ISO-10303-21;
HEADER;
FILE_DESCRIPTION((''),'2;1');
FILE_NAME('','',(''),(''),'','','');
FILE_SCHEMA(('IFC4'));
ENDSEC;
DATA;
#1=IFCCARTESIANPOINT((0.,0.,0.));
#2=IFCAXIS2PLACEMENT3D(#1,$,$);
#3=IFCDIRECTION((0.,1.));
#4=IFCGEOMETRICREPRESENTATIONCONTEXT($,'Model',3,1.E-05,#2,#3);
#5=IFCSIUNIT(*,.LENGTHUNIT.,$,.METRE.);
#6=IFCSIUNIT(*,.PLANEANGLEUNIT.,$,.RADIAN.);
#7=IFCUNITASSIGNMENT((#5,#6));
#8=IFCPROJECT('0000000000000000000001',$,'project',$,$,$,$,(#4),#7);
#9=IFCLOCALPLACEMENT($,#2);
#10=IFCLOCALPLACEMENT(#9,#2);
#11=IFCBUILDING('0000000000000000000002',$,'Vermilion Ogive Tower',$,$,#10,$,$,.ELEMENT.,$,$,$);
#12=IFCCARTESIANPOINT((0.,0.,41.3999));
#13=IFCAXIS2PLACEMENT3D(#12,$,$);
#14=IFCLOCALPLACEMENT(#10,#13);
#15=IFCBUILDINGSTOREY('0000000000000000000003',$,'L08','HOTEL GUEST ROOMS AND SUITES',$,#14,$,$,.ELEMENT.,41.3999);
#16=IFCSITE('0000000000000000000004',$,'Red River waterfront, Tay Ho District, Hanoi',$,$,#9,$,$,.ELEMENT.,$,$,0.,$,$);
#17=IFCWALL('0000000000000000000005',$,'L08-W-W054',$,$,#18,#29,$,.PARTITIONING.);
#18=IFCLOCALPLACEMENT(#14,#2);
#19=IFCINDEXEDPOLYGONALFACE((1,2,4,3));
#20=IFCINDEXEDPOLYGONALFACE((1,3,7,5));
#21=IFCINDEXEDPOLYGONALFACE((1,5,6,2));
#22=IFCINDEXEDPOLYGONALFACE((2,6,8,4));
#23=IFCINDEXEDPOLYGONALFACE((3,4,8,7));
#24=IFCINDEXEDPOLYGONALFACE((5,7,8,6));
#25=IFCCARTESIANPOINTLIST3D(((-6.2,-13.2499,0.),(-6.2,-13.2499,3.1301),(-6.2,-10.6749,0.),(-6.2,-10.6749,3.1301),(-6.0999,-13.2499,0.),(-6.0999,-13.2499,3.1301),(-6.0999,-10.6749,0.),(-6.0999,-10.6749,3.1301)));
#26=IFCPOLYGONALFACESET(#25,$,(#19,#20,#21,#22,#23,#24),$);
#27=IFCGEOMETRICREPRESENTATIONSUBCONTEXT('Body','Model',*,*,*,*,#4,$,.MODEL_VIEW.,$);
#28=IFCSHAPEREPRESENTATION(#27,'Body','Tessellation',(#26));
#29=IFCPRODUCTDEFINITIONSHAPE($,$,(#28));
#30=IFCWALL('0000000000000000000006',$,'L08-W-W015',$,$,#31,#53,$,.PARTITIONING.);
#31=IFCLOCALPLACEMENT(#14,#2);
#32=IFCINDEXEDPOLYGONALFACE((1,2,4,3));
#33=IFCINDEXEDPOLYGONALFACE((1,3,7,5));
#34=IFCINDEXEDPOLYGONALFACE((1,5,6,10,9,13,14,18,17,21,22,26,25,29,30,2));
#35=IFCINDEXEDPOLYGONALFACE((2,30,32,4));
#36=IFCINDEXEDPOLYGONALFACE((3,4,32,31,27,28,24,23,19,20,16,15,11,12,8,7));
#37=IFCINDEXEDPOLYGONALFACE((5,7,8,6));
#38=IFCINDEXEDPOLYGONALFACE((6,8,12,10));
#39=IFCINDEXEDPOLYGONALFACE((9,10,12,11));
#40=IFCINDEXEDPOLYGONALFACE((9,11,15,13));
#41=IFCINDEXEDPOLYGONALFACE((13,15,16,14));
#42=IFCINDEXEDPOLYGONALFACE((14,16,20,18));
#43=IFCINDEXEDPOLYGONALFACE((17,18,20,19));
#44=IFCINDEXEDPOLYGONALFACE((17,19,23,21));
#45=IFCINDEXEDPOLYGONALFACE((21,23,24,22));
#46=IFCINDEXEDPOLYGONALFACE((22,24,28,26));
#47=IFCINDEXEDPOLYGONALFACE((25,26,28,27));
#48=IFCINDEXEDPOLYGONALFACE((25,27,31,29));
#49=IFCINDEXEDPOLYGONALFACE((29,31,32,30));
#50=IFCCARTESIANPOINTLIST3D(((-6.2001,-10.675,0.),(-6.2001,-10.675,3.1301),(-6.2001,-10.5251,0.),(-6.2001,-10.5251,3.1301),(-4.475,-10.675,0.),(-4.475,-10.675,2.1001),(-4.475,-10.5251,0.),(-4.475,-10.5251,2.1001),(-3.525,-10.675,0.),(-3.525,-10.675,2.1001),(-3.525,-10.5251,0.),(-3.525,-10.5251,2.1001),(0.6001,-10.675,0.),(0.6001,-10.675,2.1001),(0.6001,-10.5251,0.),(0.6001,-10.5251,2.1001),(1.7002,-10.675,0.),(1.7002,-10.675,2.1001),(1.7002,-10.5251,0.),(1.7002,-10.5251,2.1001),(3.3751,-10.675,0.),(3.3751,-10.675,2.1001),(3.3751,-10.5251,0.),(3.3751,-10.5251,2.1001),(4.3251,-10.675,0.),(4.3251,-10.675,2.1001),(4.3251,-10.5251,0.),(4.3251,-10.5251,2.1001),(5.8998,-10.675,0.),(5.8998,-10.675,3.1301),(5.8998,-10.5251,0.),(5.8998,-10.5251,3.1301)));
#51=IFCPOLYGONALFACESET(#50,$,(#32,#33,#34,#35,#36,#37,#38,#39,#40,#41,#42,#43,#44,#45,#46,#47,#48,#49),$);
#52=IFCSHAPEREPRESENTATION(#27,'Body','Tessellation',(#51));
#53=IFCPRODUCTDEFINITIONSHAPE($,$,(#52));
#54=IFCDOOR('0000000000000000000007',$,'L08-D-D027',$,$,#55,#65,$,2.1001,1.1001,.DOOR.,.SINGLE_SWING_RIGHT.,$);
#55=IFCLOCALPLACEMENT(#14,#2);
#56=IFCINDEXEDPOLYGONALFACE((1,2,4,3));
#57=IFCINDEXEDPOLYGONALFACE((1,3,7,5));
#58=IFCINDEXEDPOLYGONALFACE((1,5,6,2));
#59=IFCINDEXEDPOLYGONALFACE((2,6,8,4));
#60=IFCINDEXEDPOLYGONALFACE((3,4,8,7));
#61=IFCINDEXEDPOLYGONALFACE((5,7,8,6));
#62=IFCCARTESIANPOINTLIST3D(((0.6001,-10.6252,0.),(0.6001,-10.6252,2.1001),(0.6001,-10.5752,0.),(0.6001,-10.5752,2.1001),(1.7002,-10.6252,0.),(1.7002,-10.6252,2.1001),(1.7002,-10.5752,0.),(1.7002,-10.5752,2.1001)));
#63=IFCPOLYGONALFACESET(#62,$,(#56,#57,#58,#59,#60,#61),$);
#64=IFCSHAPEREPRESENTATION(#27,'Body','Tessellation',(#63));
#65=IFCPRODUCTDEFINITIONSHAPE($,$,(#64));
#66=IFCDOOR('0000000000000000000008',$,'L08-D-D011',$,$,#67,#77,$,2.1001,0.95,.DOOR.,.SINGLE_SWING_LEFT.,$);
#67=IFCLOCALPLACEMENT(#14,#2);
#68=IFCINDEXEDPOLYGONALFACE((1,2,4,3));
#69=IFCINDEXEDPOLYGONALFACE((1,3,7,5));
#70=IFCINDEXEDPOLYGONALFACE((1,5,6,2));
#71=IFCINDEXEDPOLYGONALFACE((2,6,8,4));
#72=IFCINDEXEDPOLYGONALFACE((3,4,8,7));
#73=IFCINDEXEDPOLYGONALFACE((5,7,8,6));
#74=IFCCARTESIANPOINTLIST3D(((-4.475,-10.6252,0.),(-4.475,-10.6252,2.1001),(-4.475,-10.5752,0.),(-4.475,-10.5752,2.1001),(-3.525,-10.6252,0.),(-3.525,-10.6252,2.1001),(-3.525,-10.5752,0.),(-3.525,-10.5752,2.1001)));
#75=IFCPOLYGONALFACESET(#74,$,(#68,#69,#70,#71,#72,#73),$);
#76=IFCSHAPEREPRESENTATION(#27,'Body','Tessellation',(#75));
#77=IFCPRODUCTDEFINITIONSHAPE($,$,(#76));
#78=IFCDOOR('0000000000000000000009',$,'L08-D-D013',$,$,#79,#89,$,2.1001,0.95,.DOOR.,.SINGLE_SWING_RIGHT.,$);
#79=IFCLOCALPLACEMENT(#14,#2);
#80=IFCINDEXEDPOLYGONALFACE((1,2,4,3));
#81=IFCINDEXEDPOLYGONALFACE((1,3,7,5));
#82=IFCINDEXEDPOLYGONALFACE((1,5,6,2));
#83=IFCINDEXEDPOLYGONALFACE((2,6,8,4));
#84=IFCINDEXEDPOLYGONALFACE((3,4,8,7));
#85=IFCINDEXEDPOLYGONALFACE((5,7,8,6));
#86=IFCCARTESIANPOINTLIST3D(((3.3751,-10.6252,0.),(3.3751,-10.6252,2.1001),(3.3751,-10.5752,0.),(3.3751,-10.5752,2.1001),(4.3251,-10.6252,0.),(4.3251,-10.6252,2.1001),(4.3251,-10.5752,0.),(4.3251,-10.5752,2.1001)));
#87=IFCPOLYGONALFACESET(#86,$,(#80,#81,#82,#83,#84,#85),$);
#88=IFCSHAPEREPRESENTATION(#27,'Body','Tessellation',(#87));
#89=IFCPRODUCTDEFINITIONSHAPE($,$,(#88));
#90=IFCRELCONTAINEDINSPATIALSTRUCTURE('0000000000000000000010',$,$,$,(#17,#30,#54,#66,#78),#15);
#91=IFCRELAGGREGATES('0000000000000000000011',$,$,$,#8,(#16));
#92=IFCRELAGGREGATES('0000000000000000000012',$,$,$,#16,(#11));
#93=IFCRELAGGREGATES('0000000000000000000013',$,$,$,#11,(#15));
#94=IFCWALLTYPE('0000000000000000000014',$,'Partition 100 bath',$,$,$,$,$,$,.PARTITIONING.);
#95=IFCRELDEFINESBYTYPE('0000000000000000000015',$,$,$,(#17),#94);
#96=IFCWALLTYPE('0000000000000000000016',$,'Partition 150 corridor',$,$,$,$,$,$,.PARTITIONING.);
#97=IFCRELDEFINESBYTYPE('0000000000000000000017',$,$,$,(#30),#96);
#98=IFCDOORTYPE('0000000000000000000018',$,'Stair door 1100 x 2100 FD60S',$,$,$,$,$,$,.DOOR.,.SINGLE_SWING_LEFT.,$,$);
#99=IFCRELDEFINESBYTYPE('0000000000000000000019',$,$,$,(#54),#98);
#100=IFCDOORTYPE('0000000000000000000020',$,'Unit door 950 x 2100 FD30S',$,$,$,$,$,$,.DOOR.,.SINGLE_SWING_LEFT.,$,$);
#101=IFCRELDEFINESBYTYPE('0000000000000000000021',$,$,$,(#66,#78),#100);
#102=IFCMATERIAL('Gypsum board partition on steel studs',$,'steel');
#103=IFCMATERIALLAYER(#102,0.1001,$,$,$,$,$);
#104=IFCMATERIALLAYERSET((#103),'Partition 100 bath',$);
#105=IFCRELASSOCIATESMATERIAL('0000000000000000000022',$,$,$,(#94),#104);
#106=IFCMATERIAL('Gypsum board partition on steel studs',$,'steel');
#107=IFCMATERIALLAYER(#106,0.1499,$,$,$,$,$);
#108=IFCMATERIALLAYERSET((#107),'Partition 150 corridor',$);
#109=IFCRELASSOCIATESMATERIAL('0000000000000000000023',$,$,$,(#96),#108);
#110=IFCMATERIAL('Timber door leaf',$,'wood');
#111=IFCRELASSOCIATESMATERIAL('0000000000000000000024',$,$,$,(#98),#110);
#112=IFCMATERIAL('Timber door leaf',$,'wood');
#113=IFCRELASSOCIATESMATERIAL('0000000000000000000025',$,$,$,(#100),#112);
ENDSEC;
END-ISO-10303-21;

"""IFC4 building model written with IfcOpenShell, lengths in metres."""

from ifc_helpers import new_model, si_unit, direction, frame, frame_2d, origin, place, context, subcontext, project, spatial, rectangle, extrude, material, layer, layer_set, type_object, element, fill, save


model = new_model("IFC4")

# Units and contexts
model_context = context("Model", 3, precision=1e-05, world=origin(), true_north=direction((0.0, 1.0)))
body_context = subcontext(model_context, "Body", "Model", "MODEL_VIEW")
ifc_project = project(units=[si_unit("LENGTHUNIT", "METRE"), si_unit("PLANEANGLEUNIT", "RADIAN")], contexts=[model_context])

# Site, building, storey
site_placement = place(None, origin())
site = spatial("IfcSite", under=ifc_project, at=site_placement, Name="Red River waterfront, Tay Ho District, Hanoi", CompositionType="ELEMENT", RefElevation=0.0)
building_placement = place(site_placement, origin())
building = spatial("IfcBuilding", under=site, at=building_placement, Name="Vermilion Ogive Tower", CompositionType="ELEMENT")
storey_placement = place(building_placement, frame((0.0, 0.0, 41.3999)))
storey = spatial("IfcBuildingStorey", under=building, at=storey_placement, Name="L08", Description="HOTEL GUEST ROOMS AND SUITES", CompositionType="ELEMENT", Elevation=41.3999)

# Wall
ifc_material_1 = material(Name="Gypsum board partition on steel studs", Category="steel")
ifc_layer_1 = layer(ifc_material_1, 0.1001)
ifc_layer_set_1 = layer_set([ifc_layer_1], Name="Partition 100 bath")
wall_type_1 = type_object("IfcWallType", Name="Partition 100 bath", PredefinedType="PARTITIONING", material=ifc_layer_set_1)
wall_1_placement = place(storey_placement, frame((-6.1499, -13.25, 0.0), z_axis=(0.0, 0.0, 1.0), x_axis=(0.0, 1.0, 0.0)))
element("IfcWall", 1, at=wall_1_placement, inside=storey, type_object=wall_type_1, Name="L08-W-W054", PredefinedType="PARTITIONING", context=body_context, shape_type="SweptSolid", body=[
    extrude(rectangle(XDim=2.575, YDim=0.1001, at=frame_2d((1.2876, 0.0))), origin(), (0.0, 0.0, 1.0), 3.1301),
])

# Wall, openings, doors
ifc_material_2 = material(Name="Gypsum board partition on steel studs", Category="steel")
ifc_layer_2 = layer(ifc_material_2, 0.1499)
ifc_layer_set_2 = layer_set([ifc_layer_2], Name="Partition 150 corridor")
wall_type_2 = type_object("IfcWallType", Name="Partition 150 corridor", PredefinedType="PARTITIONING", material=ifc_layer_set_2)
wall_2_placement = place(storey_placement, frame((-6.2, -10.6001, 0.0), z_axis=(0.0, 0.0, 1.0), x_axis=(1.0, 0.0, 0.0)))
wall_2 = element("IfcWall", 2, at=wall_2_placement, inside=storey, type_object=wall_type_2, Name="L08-W-W015", PredefinedType="PARTITIONING", context=body_context, shape_type="SweptSolid", body=[
    extrude(rectangle(XDim=12.0999, YDim=0.1499, at=frame_2d((6.0498, 0.0))), origin(), (0.0, 0.0, 1.0), 3.1301),
])
opening_1_placement = place(wall_2_placement, frame((1.7249, 0.0, 0.0)))
opening_1 = element("IfcOpeningElement", 3, at=opening_1_placement, cuts=wall_2, PredefinedType="OPENING", context=body_context, shape_type="SweptSolid", body=[
    extrude(rectangle(XDim=0.95, YDim=2.1001, at=frame_2d((0.4751, 1.05))), frame((0.0, 0.085, 0.0), z_axis=(0.0, -1.0, 0.0), x_axis=(1.0, 0.0, 0.0)), (0.0, 0.0, 1.0), 0.1699),
])
opening_2_placement = place(wall_2_placement, frame((9.575, 0.0, 0.0)))
opening_2 = element("IfcOpeningElement", 4, at=opening_2_placement, cuts=wall_2, PredefinedType="OPENING", context=body_context, shape_type="SweptSolid", body=[
    extrude(rectangle(XDim=0.95, YDim=2.1001, at=frame_2d((0.4751, 1.05))), frame((0.0, 0.085, 0.0), z_axis=(0.0, -1.0, 0.0), x_axis=(1.0, 0.0, 0.0)), (0.0, 0.0, 1.0), 0.1699),
])
opening_3_placement = place(wall_2_placement, frame((6.8, 0.0, 0.0)))
opening_3 = element("IfcOpeningElement", 5, at=opening_3_placement, cuts=wall_2, PredefinedType="OPENING", context=body_context, shape_type="SweptSolid", body=[
    extrude(rectangle(XDim=1.1001, YDim=2.1001, at=frame_2d((0.55, 1.05))), frame((0.0, 0.085, 0.0), z_axis=(0.0, -1.0, 0.0), x_axis=(1.0, 0.0, 0.0)), (0.0, 0.0, 1.0), 0.1699),
])
ifc_material_3 = material(Name="Timber door leaf", Category="wood")
door_type_1 = type_object("IfcDoorType", Name="Stair door 1100 x 2100 FD60S", OperationType="SINGLE_SWING_LEFT", PredefinedType="DOOR", material=ifc_material_3)
door_1_placement = place(opening_3_placement, origin())
door_1 = element("IfcDoor", 6, at=door_1_placement, inside=storey, type_object=door_type_1, Name="L08-D-D027", OperationType="SINGLE_SWING_RIGHT", OverallHeight=2.1001, OverallWidth=1.1001, PredefinedType="DOOR", context=body_context, shape_type="SweptSolid", body=[
    extrude(rectangle(XDim=1.1001, YDim=2.1001, at=frame_2d((0.55, 1.05))), frame((0.0, 0.0249, 0.0), z_axis=(0.0, -1.0, 0.0), x_axis=(1.0, 0.0, 0.0)), (0.0, 0.0, 1.0), 0.05),
])
fill(opening_3, door_1)
ifc_material_4 = material(Name="Timber door leaf", Category="wood")
door_type_2 = type_object("IfcDoorType", Name="Unit door 950 x 2100 FD30S", OperationType="SINGLE_SWING_LEFT", PredefinedType="DOOR", material=ifc_material_4)
door_2_placement = place(opening_1_placement, origin())
door_2 = element("IfcDoor", 7, at=door_2_placement, inside=storey, type_object=door_type_2, Name="L08-D-D011", OperationType="SINGLE_SWING_LEFT", OverallHeight=2.1001, OverallWidth=0.95, PredefinedType="DOOR", context=body_context, shape_type="SweptSolid", body=[
    extrude(rectangle(XDim=0.95, YDim=2.1001, at=frame_2d((0.4751, 1.05))), frame((0.0, 0.0249, 0.0), z_axis=(0.0, -1.0, 0.0), x_axis=(1.0, 0.0, 0.0)), (0.0, 0.0, 1.0), 0.05),
])
fill(opening_1, door_2)
door_3_placement = place(opening_2_placement, origin())
door_3 = element("IfcDoor", 8, at=door_3_placement, inside=storey, type_object=door_type_2, Name="L08-D-D013", OperationType="SINGLE_SWING_RIGHT", OverallHeight=2.1001, OverallWidth=0.95, PredefinedType="DOOR", context=body_context, shape_type="SweptSolid", body=[
    extrude(rectangle(XDim=0.95, YDim=2.1001, at=frame_2d((0.4751, 1.05))), frame((0.0, 0.0249, 0.0), z_axis=(0.0, -1.0, 0.0), x_axis=(1.0, 0.0, 0.0)), (0.0, 0.0, 1.0), 0.05),
])
fill(opening_2, door_3)

save(model, "model.ifc")
